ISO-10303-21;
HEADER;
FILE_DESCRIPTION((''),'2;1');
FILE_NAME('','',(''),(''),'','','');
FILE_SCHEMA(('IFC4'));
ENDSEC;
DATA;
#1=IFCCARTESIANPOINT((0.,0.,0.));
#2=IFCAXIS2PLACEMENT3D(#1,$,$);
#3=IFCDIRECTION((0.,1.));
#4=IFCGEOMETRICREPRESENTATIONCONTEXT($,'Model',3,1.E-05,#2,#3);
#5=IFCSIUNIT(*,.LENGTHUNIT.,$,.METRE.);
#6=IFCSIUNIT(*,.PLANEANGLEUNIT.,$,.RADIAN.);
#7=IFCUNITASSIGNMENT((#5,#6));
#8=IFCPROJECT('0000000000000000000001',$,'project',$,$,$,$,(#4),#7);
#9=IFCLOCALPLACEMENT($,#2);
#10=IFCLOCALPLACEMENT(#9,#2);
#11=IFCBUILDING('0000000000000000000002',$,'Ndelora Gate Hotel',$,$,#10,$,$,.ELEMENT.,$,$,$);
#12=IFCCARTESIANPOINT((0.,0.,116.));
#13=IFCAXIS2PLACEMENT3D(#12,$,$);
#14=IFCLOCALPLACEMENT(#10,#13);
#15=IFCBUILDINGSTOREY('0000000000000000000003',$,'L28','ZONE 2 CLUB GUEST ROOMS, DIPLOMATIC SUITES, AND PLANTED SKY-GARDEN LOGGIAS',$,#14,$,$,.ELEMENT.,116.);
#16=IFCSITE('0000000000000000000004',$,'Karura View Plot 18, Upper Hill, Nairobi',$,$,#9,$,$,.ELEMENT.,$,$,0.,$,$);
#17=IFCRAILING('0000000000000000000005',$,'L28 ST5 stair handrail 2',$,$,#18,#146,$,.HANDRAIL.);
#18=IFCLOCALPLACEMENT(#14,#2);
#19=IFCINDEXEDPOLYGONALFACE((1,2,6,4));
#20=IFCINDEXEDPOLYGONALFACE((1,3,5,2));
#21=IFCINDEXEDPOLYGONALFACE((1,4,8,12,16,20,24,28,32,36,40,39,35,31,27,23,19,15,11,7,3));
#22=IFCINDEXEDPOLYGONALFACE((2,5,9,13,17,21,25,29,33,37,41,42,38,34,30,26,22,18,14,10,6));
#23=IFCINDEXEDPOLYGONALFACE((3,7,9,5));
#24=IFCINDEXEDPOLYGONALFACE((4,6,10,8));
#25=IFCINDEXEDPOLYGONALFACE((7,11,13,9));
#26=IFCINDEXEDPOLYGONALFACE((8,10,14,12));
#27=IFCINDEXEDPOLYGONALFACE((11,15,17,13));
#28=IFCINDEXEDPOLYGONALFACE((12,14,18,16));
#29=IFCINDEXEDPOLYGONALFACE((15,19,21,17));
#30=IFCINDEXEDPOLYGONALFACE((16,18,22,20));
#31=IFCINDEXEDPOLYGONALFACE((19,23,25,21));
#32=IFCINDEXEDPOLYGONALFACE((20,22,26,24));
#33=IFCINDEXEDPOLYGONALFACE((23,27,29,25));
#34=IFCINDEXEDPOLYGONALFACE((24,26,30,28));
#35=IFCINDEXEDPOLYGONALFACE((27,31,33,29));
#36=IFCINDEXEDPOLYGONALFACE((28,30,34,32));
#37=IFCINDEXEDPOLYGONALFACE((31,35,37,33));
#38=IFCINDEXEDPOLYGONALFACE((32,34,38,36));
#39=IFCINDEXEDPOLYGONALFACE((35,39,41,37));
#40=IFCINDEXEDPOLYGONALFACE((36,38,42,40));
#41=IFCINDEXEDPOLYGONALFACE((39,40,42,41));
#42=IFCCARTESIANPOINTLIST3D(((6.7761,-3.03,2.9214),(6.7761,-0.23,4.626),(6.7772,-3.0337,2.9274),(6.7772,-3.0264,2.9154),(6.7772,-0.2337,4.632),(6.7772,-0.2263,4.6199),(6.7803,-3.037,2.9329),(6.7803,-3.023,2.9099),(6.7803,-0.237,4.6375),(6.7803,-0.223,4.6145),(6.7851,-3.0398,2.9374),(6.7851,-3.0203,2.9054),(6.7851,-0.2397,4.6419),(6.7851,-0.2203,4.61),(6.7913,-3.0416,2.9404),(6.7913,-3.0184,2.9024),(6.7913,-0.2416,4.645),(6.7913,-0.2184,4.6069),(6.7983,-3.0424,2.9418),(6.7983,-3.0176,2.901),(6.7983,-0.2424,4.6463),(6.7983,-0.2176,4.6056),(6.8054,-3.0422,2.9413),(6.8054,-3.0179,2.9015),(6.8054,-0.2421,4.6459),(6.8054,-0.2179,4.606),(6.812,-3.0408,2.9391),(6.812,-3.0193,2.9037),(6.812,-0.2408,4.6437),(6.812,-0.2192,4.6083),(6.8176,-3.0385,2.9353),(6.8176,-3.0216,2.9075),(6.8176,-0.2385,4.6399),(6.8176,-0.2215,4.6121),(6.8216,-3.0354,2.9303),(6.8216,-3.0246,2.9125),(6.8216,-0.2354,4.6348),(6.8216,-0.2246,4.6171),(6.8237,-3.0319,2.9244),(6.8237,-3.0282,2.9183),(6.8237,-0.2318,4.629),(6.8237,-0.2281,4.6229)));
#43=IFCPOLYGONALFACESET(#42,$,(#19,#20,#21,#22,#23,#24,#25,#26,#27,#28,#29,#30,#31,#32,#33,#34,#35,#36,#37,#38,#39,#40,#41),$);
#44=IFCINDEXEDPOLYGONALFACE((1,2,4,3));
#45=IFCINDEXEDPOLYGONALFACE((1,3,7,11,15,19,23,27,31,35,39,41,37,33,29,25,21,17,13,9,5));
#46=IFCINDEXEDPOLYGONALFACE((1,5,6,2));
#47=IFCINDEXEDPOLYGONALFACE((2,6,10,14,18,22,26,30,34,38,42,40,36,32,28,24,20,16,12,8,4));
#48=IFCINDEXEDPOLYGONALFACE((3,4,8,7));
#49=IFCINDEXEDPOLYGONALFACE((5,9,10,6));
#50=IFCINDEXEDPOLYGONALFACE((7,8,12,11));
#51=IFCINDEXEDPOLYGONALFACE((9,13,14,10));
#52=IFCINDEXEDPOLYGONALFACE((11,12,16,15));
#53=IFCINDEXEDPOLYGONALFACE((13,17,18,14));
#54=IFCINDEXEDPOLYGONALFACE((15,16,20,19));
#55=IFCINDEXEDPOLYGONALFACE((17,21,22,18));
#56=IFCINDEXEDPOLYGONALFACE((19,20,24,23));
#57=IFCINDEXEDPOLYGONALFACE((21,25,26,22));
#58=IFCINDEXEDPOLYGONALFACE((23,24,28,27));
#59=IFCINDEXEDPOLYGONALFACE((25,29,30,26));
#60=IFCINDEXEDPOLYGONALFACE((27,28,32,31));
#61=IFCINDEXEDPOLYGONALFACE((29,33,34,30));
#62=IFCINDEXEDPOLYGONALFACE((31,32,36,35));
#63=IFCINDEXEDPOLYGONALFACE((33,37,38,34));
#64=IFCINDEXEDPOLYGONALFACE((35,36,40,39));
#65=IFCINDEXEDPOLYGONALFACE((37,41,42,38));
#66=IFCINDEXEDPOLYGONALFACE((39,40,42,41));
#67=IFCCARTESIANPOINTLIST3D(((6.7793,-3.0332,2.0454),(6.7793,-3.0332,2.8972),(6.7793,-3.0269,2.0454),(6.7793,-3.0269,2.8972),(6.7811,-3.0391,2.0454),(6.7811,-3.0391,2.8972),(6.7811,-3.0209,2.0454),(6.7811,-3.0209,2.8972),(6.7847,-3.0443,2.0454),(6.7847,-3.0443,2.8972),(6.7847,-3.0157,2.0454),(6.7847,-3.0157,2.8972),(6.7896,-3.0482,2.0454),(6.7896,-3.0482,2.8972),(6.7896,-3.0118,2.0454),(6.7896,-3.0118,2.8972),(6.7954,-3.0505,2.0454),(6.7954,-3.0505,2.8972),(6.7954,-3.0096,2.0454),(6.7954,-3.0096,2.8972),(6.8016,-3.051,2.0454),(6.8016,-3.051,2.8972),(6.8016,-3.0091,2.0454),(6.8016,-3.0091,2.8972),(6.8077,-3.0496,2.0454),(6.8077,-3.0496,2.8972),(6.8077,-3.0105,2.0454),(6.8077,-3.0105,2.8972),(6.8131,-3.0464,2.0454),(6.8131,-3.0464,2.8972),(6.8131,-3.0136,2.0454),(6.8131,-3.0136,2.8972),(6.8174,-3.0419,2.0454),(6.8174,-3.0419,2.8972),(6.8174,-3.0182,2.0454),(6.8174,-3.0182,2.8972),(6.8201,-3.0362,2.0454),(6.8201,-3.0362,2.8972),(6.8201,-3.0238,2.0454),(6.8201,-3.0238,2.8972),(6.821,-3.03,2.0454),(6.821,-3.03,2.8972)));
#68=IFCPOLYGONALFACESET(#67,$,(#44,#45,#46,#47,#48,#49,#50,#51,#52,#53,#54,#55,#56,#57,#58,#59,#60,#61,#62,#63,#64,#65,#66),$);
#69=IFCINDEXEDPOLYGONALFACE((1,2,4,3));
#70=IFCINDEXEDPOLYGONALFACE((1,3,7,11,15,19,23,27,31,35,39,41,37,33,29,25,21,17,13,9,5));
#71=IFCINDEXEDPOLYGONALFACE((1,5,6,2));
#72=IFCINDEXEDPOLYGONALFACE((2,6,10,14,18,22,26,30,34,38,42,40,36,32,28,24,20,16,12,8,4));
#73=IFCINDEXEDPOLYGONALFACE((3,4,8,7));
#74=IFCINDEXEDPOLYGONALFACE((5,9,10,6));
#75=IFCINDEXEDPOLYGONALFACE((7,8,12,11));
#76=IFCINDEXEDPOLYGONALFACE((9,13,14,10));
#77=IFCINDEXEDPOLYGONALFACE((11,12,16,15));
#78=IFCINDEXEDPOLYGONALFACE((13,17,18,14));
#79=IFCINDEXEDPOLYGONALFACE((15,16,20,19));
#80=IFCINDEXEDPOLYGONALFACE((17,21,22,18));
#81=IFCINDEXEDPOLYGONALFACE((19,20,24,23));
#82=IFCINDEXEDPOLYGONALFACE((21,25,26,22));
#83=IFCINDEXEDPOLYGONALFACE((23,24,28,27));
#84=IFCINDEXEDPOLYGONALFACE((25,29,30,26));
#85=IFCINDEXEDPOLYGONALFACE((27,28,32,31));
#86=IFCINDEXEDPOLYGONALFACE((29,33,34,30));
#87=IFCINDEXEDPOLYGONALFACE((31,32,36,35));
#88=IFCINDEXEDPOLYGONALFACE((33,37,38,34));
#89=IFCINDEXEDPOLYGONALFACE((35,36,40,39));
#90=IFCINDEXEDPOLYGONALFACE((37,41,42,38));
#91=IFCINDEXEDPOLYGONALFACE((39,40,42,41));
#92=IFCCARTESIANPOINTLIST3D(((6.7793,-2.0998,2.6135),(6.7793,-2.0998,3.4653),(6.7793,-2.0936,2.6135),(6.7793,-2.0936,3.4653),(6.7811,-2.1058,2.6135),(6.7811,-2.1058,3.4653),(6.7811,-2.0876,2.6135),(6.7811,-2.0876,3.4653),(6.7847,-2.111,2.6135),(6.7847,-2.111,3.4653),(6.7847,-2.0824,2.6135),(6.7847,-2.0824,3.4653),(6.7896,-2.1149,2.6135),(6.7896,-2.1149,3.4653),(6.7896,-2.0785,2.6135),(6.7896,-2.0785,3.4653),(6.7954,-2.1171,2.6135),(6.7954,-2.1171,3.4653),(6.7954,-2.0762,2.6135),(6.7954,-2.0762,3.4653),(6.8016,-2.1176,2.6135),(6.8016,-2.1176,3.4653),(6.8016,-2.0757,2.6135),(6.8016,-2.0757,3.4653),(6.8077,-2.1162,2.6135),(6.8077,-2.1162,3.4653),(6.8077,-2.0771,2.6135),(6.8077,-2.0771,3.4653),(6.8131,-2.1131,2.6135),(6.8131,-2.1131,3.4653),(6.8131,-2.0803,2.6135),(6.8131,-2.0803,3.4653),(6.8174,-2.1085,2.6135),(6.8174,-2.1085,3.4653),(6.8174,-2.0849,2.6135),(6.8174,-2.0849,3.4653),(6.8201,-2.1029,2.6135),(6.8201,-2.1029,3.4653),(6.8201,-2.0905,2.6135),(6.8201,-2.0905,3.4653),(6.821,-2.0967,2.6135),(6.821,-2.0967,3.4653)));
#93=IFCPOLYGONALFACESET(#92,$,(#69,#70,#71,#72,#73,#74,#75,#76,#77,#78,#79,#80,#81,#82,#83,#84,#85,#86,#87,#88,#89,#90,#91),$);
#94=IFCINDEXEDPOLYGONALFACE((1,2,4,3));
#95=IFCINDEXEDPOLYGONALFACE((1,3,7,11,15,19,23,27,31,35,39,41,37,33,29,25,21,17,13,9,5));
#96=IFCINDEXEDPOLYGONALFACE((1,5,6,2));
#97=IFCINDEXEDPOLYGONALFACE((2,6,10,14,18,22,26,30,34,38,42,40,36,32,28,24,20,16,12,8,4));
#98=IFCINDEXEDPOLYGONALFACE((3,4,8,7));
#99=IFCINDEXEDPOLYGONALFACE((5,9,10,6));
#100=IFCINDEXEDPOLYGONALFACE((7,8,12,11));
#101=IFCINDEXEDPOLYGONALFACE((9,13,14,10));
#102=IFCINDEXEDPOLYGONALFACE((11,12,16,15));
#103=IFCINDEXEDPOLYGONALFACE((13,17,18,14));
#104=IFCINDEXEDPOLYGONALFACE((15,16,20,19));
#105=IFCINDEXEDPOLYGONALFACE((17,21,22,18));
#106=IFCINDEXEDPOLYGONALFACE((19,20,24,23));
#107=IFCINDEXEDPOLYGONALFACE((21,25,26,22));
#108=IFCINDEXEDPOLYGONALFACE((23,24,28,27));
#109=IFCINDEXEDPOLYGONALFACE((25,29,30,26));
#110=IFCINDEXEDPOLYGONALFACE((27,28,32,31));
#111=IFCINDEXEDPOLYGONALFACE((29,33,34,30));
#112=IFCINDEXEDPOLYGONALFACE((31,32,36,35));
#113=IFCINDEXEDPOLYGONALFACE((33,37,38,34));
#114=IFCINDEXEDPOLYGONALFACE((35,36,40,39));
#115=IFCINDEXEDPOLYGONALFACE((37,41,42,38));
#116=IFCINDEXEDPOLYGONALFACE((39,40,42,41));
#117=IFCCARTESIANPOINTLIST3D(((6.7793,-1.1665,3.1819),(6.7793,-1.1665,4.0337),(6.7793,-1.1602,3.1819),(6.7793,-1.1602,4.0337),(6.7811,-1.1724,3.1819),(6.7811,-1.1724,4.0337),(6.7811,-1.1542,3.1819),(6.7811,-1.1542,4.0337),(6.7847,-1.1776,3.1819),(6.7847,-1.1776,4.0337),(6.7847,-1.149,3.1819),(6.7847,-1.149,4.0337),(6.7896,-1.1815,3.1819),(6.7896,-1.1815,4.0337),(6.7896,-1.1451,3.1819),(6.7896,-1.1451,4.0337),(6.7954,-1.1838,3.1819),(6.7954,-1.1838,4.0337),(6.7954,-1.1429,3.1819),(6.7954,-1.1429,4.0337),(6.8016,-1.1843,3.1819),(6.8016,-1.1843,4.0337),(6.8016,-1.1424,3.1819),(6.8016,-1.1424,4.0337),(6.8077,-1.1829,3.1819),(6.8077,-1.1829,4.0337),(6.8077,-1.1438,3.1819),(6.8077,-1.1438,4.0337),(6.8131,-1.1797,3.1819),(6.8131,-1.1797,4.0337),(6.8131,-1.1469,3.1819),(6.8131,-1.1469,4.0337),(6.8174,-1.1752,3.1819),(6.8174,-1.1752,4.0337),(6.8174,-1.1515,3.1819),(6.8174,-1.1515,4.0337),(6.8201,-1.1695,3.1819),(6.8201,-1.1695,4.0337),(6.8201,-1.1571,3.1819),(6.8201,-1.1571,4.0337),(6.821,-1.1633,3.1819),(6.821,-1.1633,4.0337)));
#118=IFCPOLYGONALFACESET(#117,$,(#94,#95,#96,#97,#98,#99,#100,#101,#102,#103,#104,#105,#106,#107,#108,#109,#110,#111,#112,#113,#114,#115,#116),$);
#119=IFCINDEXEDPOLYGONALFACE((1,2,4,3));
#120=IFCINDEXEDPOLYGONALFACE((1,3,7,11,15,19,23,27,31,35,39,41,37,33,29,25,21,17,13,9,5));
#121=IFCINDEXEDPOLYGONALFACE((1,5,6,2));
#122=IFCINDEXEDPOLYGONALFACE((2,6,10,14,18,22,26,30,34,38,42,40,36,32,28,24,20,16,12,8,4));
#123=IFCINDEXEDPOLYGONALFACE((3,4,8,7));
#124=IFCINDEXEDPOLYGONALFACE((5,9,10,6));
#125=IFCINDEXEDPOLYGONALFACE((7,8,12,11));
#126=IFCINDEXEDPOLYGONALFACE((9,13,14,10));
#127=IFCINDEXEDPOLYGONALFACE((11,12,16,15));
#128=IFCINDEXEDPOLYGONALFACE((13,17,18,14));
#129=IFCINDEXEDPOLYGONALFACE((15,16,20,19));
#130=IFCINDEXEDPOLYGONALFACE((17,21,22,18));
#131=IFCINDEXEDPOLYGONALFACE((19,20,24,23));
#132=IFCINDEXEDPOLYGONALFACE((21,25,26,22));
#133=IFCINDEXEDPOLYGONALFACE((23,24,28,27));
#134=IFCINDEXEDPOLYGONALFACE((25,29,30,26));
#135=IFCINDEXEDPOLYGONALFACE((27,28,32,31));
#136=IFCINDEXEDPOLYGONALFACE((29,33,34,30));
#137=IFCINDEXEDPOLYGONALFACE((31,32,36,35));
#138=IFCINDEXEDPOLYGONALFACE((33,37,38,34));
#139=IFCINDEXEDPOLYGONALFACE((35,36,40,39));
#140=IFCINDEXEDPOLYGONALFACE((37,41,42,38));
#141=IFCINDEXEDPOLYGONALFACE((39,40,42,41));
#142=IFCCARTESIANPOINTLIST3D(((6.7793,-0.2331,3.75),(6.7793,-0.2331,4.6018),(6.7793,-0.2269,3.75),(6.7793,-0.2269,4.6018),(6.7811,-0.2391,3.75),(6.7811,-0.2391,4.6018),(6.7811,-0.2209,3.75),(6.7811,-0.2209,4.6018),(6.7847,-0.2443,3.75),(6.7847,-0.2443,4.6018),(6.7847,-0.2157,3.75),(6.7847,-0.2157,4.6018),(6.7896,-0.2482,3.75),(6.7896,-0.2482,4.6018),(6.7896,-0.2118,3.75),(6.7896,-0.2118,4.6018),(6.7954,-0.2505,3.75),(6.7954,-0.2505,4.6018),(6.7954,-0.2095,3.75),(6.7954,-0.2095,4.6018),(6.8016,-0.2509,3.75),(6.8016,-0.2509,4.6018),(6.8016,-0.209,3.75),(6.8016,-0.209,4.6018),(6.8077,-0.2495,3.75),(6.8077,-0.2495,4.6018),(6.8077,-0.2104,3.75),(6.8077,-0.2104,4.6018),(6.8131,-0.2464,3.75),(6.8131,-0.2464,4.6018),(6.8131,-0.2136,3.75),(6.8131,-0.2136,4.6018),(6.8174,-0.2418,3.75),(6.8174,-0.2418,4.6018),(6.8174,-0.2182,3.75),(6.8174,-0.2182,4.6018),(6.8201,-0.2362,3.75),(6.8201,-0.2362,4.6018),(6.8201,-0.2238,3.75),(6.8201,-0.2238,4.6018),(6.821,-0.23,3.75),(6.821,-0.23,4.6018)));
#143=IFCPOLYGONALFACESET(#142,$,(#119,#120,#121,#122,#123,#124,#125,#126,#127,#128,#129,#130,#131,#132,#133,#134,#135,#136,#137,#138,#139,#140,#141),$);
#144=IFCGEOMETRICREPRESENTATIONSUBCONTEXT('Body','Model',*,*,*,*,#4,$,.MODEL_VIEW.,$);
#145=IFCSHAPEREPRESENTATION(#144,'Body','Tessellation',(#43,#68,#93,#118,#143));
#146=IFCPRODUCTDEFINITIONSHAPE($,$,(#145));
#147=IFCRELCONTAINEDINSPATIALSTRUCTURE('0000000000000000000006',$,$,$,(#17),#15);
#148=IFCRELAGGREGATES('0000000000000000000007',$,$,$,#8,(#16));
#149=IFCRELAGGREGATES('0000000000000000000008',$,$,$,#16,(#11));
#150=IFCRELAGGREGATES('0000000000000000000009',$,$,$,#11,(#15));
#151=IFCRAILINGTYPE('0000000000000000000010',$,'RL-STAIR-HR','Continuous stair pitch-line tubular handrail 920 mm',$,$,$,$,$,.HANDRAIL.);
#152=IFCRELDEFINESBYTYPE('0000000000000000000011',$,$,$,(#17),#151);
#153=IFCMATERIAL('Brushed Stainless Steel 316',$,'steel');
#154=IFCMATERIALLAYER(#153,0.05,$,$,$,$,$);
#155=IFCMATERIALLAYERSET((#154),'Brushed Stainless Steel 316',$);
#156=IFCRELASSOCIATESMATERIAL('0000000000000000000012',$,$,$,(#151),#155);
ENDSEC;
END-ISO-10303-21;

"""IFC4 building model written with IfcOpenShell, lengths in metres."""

from ifc_helpers import new_model, si_unit, direction, frame, origin, origin_2d, place, context, subcontext, project, spatial, circle, extrude, material, layer, layer_set, type_object, element, save


model = new_model("IFC4")

# Units and contexts
model_context = context("Model", 3, precision=1e-05, world=origin(), true_north=direction((0.0, 1.0)))
body_context = subcontext(model_context, "Body", "Model", "MODEL_VIEW")
ifc_project = project(units=[si_unit("LENGTHUNIT", "METRE"), si_unit("PLANEANGLEUNIT", "RADIAN")], contexts=[model_context])

# Site, building, storey
site_placement = place(None, origin())
site = spatial("IfcSite", under=ifc_project, at=site_placement, Name="Karura View Plot 18, Upper Hill, Nairobi", CompositionType="ELEMENT", RefElevation=0.0)
building_placement = place(site_placement, origin())
building = spatial("IfcBuilding", under=site, at=building_placement, Name="Ndelora Gate Hotel", CompositionType="ELEMENT")
storey_placement = place(building_placement, frame((0.0, 0.0, 116.0)))
storey = spatial("IfcBuildingStorey", under=building, at=storey_placement, Name="L28", Description="ZONE 2 CLUB GUEST ROOMS, DIPLOMATIC SUITES, AND PLANTED SKY-GARDEN LOGGIAS", CompositionType="ELEMENT", Elevation=116.0)

# Railing
ifc_material_1 = material(Name="Brushed Stainless Steel 316", Category="steel")
ifc_layer_1 = layer(ifc_material_1, 0.05)
ifc_layer_set_1 = layer_set([ifc_layer_1], Name="Brushed Stainless Steel 316")
railing_type_1 = type_object("IfcRailingType", Name="RL-STAIR-HR", Description="Continuous stair pitch-line tubular handrail 920 mm", PredefinedType="HANDRAIL", material=ifc_layer_set_1)
railing_1_placement = place(storey_placement, frame((6.8, -3.03, 2.0454)))
element("IfcRailing", 1, at=railing_1_placement, inside=storey, type_object=railing_type_1, Name="L28 ST5 stair handrail 2", PredefinedType="HANDRAIL", context=body_context, shape_type="SweptSolid", body=[
    extrude(circle(Radius=0.0239, at=origin_2d()), frame((0.0, 0.0, 0.876), z_axis=(0.0, 0.85417, 0.519994), x_axis=(-1.0, 0.0, 0.0)), (0.0, 0.0, 1.0), 3.2781),
    extrude(circle(Radius=0.021, at=origin_2d()), origin(), (0.0, 0.0, 1.0), 0.8518),
    extrude(circle(Radius=0.021, at=origin_2d()), frame((0.0, 0.9333, 0.5681)), (0.0, 0.0, 1.0), 0.8518),
    extrude(circle(Radius=0.021, at=origin_2d()), frame((0.0, 1.8667, 1.1365)), (0.0, 0.0, 1.0), 0.8518),
    extrude(circle(Radius=0.021, at=origin_2d()), frame((0.0, 2.8, 1.7046)), (0.0, 0.0, 1.0), 0.8518),
])

save(model, "model.ifc")
